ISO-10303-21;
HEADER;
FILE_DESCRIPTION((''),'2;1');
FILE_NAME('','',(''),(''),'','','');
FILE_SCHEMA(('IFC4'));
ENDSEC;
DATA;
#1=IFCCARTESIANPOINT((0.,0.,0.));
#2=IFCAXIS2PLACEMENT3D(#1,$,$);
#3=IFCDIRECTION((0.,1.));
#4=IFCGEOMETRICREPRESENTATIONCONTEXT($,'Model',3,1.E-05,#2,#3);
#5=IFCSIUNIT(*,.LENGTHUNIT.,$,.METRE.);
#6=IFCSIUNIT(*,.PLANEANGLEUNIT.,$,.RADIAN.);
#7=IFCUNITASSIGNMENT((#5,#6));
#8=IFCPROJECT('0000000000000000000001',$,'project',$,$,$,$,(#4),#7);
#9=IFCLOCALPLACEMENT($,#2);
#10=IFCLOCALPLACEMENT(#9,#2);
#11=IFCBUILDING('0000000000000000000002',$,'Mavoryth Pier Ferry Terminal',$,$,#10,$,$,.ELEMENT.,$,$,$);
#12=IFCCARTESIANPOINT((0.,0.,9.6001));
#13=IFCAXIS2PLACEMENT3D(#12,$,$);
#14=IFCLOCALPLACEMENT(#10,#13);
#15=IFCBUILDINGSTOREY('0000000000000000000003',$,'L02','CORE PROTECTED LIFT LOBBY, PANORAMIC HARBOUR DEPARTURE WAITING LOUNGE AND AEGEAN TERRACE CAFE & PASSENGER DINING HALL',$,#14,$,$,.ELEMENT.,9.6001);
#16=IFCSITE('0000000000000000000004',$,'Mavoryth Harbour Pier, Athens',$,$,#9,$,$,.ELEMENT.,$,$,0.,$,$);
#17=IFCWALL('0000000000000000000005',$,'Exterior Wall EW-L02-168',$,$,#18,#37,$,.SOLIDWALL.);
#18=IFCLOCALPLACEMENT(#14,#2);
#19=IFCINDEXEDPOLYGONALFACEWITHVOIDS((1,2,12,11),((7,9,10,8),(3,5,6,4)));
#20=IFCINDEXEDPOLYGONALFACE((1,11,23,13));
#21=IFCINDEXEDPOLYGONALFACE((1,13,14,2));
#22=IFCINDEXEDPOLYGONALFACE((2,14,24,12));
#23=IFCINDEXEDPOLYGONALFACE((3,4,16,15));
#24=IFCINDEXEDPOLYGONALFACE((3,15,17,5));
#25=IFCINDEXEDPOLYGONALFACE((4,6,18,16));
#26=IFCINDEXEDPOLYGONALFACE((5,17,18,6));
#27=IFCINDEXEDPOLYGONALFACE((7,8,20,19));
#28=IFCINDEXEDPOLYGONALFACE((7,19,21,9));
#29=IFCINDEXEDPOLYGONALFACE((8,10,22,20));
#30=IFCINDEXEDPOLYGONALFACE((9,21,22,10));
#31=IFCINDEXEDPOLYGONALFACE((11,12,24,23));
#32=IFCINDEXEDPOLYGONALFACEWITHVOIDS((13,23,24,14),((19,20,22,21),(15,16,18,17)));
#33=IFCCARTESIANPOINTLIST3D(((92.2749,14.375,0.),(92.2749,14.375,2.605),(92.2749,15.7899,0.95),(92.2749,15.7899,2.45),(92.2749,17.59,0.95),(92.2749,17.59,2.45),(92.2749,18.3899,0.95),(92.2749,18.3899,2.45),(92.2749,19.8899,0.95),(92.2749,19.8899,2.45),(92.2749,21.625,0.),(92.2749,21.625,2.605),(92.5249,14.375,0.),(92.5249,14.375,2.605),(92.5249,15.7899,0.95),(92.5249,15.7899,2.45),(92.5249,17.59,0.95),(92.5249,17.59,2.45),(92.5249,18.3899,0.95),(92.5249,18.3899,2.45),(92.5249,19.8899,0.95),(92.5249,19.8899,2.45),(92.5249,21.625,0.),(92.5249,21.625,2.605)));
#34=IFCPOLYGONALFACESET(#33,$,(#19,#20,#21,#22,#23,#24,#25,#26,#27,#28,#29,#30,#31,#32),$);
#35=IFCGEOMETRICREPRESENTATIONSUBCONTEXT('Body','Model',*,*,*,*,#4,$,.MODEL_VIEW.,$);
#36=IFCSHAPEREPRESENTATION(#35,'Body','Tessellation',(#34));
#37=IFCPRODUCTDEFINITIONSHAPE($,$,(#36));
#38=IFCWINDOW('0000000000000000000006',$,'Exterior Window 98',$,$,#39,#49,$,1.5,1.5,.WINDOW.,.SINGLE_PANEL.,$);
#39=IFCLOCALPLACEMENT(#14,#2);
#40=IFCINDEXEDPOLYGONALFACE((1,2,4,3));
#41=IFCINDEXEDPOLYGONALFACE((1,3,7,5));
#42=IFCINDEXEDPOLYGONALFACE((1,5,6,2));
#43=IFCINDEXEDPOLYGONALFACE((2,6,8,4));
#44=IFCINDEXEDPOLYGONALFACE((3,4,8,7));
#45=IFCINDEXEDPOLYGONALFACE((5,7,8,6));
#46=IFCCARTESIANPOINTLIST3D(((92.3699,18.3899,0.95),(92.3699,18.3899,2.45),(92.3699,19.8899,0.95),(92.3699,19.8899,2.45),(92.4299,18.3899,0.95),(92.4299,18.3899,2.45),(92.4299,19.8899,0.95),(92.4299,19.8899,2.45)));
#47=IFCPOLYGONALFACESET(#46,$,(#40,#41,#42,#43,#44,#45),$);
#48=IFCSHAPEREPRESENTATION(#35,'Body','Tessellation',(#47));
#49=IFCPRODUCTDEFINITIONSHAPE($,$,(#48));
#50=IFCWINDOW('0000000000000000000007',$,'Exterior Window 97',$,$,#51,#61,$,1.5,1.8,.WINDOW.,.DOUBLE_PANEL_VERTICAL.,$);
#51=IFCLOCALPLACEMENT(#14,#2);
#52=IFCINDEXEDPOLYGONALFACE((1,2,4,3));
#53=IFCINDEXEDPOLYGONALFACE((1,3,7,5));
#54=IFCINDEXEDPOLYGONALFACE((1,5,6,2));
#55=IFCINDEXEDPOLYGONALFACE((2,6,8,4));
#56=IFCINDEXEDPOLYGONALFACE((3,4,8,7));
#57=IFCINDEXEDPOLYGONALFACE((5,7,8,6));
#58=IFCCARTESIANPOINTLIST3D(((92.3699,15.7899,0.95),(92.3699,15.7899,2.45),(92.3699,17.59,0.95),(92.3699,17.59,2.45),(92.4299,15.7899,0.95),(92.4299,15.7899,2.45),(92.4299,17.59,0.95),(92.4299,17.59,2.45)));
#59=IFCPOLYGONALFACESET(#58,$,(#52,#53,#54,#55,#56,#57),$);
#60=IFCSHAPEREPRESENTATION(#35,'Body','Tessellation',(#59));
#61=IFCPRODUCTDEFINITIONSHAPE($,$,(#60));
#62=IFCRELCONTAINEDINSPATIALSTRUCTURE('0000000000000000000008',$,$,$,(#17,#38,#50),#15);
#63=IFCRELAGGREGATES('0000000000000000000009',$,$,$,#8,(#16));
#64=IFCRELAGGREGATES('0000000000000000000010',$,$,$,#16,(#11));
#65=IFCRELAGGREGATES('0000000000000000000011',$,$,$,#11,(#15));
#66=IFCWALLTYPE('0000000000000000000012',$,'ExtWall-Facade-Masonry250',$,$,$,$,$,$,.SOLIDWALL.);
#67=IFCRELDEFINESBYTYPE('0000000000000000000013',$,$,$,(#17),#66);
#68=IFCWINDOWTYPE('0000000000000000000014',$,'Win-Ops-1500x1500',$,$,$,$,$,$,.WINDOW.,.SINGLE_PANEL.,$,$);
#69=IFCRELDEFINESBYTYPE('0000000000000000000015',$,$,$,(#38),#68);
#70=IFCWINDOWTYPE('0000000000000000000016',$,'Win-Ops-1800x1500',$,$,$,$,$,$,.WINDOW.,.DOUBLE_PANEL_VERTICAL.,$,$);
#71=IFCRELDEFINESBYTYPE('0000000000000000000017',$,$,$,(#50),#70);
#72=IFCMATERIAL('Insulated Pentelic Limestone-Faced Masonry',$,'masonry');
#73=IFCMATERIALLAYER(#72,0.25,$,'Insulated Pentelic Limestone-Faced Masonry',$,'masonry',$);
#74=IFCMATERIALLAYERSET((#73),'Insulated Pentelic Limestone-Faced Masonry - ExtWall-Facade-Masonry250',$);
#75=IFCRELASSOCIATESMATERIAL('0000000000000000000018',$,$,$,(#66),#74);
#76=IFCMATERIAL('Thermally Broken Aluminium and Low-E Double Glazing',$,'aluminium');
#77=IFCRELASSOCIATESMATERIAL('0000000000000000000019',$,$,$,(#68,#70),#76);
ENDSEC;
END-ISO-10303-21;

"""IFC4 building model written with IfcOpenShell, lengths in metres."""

from ifc_helpers import new_model, si_unit, direction, frame, frame_2d, origin, place, context, subcontext, project, spatial, rectangle, extrude, material, layer, layer_set, type_object, element, fill, save


model = new_model("IFC4")

# Units and contexts
model_context = context("Model", 3, precision=1e-05, world=origin(), true_north=direction((0.0, 1.0)))
body_context = subcontext(model_context, "Body", "Model", "MODEL_VIEW")
ifc_project = project(units=[si_unit("LENGTHUNIT", "METRE"), si_unit("PLANEANGLEUNIT", "RADIAN")], contexts=[model_context])

# Site, building, storey
site_placement = place(None, origin())
site = spatial("IfcSite", under=ifc_project, at=site_placement, Name="Mavoryth Harbour Pier, Athens", CompositionType="ELEMENT", RefElevation=0.0)
building_placement = place(site_placement, origin())
building = spatial("IfcBuilding", under=site, at=building_placement, Name="Mavoryth Pier Ferry Terminal", CompositionType="ELEMENT")
storey_placement = place(building_placement, frame((0.0, 0.0, 9.6001)))
storey = spatial("IfcBuildingStorey", under=building, at=storey_placement, Name="L02", Description="CORE PROTECTED LIFT LOBBY, PANORAMIC HARBOUR DEPARTURE WAITING LOUNGE AND AEGEAN TERRACE CAFE & PASSENGER DINING HALL", CompositionType="ELEMENT", Elevation=9.6001)

# Wall, openings, windows
ifc_material_1 = material(Name="Insulated Pentelic Limestone-Faced Masonry", Category="masonry")
ifc_layer_1 = layer(ifc_material_1, 0.25, Name="Insulated Pentelic Limestone-Faced Masonry", Category="masonry")
ifc_layer_set_1 = layer_set([ifc_layer_1], Name="Insulated Pentelic Limestone-Faced Masonry - ExtWall-Facade-Masonry250")
wall_type_1 = type_object("IfcWallType", Name="ExtWall-Facade-Masonry250", PredefinedType="SOLIDWALL", material=ifc_layer_set_1)
ifc_material_2 = material(Name="Thermally Broken Aluminium and Low-E Double Glazing", Category="aluminium")
window_type_1 = type_object("IfcWindowType", Name="Win-Ops-1500x1500", PartitioningType="SINGLE_PANEL", PredefinedType="WINDOW", material=ifc_material_2)
window_type_2 = type_object("IfcWindowType", Name="Win-Ops-1800x1500", PartitioningType="DOUBLE_PANEL_VERTICAL", PredefinedType="WINDOW", material=ifc_material_2)
wall_1_placement = place(storey_placement, frame((92.3999, 14.375, 0.0), z_axis=(0.0, 0.0, 1.0), x_axis=(0.0, 1.0, 0.0)))
wall_1 = element("IfcWall", 1, at=wall_1_placement, inside=storey, type_object=wall_type_1, Name="Exterior Wall EW-L02-168", PredefinedType="SOLIDWALL", context=body_context, shape_type="SweptSolid", body=[
    extrude(rectangle(XDim=7.25, YDim=0.25, at=frame_2d((3.625, 0.0))), origin(), (0.0, 0.0, 1.0), 2.605),
])
opening_1_placement = place(wall_1_placement, frame((1.415, 0.0, 0.95)))
opening_1 = element("IfcOpeningElement", 2, at=opening_1_placement, cuts=wall_1, PredefinedType="OPENING", context=body_context, shape_type="SweptSolid", body=[
    extrude(rectangle(XDim=1.8, YDim=1.5, at=frame_2d((0.8999, 0.75))), frame((0.0, 0.135, 0.0), z_axis=(0.0, -1.0, 0.0), x_axis=(1.0, 0.0, 0.0)), (0.0, 0.0, 1.0), 0.27),
])
opening_2_placement = place(wall_1_placement, frame((4.0149, 0.0, 0.95)))
opening_2 = element("IfcOpeningElement", 3, at=opening_2_placement, cuts=wall_1, PredefinedType="OPENING", context=body_context, shape_type="SweptSolid", body=[
    extrude(rectangle(XDim=1.5, YDim=1.5, at=frame_2d((0.75, 0.75))), frame((0.0, 0.135, 0.0), z_axis=(0.0, -1.0, 0.0), x_axis=(1.0, 0.0, 0.0)), (0.0, 0.0, 1.0), 0.27),
])
window_1_placement = place(opening_2_placement, origin())
window_1 = element("IfcWindow", 4, at=window_1_placement, inside=storey, type_object=window_type_1, Name="Exterior Window 98", OverallHeight=1.5, OverallWidth=1.5, PartitioningType="SINGLE_PANEL", PredefinedType="WINDOW", context=body_context, shape_type="SweptSolid", body=[
    extrude(rectangle(XDim=1.5, YDim=1.5, at=frame_2d((0.75, 0.75))), frame((0.0, 0.03, 0.0), z_axis=(0.0, -1.0, 0.0), x_axis=(1.0, 0.0, 0.0)), (0.0, 0.0, 1.0), 0.0601),
])
fill(opening_2, window_1)
window_2_placement = place(opening_1_placement, origin())
window_2 = element("IfcWindow", 5, at=window_2_placement, inside=storey, type_object=window_type_2, Name="Exterior Window 97", OverallHeight=1.5, OverallWidth=1.8, PartitioningType="DOUBLE_PANEL_VERTICAL", PredefinedType="WINDOW", context=body_context, shape_type="SweptSolid", body=[
    extrude(rectangle(XDim=1.8, YDim=1.5, at=frame_2d((0.8999, 0.75))), frame((0.0, 0.03, 0.0), z_axis=(0.0, -1.0, 0.0), x_axis=(1.0, 0.0, 0.0)), (0.0, 0.0, 1.0), 0.0601),
])
fill(opening_1, window_2)

save(model, "model.ifc")
